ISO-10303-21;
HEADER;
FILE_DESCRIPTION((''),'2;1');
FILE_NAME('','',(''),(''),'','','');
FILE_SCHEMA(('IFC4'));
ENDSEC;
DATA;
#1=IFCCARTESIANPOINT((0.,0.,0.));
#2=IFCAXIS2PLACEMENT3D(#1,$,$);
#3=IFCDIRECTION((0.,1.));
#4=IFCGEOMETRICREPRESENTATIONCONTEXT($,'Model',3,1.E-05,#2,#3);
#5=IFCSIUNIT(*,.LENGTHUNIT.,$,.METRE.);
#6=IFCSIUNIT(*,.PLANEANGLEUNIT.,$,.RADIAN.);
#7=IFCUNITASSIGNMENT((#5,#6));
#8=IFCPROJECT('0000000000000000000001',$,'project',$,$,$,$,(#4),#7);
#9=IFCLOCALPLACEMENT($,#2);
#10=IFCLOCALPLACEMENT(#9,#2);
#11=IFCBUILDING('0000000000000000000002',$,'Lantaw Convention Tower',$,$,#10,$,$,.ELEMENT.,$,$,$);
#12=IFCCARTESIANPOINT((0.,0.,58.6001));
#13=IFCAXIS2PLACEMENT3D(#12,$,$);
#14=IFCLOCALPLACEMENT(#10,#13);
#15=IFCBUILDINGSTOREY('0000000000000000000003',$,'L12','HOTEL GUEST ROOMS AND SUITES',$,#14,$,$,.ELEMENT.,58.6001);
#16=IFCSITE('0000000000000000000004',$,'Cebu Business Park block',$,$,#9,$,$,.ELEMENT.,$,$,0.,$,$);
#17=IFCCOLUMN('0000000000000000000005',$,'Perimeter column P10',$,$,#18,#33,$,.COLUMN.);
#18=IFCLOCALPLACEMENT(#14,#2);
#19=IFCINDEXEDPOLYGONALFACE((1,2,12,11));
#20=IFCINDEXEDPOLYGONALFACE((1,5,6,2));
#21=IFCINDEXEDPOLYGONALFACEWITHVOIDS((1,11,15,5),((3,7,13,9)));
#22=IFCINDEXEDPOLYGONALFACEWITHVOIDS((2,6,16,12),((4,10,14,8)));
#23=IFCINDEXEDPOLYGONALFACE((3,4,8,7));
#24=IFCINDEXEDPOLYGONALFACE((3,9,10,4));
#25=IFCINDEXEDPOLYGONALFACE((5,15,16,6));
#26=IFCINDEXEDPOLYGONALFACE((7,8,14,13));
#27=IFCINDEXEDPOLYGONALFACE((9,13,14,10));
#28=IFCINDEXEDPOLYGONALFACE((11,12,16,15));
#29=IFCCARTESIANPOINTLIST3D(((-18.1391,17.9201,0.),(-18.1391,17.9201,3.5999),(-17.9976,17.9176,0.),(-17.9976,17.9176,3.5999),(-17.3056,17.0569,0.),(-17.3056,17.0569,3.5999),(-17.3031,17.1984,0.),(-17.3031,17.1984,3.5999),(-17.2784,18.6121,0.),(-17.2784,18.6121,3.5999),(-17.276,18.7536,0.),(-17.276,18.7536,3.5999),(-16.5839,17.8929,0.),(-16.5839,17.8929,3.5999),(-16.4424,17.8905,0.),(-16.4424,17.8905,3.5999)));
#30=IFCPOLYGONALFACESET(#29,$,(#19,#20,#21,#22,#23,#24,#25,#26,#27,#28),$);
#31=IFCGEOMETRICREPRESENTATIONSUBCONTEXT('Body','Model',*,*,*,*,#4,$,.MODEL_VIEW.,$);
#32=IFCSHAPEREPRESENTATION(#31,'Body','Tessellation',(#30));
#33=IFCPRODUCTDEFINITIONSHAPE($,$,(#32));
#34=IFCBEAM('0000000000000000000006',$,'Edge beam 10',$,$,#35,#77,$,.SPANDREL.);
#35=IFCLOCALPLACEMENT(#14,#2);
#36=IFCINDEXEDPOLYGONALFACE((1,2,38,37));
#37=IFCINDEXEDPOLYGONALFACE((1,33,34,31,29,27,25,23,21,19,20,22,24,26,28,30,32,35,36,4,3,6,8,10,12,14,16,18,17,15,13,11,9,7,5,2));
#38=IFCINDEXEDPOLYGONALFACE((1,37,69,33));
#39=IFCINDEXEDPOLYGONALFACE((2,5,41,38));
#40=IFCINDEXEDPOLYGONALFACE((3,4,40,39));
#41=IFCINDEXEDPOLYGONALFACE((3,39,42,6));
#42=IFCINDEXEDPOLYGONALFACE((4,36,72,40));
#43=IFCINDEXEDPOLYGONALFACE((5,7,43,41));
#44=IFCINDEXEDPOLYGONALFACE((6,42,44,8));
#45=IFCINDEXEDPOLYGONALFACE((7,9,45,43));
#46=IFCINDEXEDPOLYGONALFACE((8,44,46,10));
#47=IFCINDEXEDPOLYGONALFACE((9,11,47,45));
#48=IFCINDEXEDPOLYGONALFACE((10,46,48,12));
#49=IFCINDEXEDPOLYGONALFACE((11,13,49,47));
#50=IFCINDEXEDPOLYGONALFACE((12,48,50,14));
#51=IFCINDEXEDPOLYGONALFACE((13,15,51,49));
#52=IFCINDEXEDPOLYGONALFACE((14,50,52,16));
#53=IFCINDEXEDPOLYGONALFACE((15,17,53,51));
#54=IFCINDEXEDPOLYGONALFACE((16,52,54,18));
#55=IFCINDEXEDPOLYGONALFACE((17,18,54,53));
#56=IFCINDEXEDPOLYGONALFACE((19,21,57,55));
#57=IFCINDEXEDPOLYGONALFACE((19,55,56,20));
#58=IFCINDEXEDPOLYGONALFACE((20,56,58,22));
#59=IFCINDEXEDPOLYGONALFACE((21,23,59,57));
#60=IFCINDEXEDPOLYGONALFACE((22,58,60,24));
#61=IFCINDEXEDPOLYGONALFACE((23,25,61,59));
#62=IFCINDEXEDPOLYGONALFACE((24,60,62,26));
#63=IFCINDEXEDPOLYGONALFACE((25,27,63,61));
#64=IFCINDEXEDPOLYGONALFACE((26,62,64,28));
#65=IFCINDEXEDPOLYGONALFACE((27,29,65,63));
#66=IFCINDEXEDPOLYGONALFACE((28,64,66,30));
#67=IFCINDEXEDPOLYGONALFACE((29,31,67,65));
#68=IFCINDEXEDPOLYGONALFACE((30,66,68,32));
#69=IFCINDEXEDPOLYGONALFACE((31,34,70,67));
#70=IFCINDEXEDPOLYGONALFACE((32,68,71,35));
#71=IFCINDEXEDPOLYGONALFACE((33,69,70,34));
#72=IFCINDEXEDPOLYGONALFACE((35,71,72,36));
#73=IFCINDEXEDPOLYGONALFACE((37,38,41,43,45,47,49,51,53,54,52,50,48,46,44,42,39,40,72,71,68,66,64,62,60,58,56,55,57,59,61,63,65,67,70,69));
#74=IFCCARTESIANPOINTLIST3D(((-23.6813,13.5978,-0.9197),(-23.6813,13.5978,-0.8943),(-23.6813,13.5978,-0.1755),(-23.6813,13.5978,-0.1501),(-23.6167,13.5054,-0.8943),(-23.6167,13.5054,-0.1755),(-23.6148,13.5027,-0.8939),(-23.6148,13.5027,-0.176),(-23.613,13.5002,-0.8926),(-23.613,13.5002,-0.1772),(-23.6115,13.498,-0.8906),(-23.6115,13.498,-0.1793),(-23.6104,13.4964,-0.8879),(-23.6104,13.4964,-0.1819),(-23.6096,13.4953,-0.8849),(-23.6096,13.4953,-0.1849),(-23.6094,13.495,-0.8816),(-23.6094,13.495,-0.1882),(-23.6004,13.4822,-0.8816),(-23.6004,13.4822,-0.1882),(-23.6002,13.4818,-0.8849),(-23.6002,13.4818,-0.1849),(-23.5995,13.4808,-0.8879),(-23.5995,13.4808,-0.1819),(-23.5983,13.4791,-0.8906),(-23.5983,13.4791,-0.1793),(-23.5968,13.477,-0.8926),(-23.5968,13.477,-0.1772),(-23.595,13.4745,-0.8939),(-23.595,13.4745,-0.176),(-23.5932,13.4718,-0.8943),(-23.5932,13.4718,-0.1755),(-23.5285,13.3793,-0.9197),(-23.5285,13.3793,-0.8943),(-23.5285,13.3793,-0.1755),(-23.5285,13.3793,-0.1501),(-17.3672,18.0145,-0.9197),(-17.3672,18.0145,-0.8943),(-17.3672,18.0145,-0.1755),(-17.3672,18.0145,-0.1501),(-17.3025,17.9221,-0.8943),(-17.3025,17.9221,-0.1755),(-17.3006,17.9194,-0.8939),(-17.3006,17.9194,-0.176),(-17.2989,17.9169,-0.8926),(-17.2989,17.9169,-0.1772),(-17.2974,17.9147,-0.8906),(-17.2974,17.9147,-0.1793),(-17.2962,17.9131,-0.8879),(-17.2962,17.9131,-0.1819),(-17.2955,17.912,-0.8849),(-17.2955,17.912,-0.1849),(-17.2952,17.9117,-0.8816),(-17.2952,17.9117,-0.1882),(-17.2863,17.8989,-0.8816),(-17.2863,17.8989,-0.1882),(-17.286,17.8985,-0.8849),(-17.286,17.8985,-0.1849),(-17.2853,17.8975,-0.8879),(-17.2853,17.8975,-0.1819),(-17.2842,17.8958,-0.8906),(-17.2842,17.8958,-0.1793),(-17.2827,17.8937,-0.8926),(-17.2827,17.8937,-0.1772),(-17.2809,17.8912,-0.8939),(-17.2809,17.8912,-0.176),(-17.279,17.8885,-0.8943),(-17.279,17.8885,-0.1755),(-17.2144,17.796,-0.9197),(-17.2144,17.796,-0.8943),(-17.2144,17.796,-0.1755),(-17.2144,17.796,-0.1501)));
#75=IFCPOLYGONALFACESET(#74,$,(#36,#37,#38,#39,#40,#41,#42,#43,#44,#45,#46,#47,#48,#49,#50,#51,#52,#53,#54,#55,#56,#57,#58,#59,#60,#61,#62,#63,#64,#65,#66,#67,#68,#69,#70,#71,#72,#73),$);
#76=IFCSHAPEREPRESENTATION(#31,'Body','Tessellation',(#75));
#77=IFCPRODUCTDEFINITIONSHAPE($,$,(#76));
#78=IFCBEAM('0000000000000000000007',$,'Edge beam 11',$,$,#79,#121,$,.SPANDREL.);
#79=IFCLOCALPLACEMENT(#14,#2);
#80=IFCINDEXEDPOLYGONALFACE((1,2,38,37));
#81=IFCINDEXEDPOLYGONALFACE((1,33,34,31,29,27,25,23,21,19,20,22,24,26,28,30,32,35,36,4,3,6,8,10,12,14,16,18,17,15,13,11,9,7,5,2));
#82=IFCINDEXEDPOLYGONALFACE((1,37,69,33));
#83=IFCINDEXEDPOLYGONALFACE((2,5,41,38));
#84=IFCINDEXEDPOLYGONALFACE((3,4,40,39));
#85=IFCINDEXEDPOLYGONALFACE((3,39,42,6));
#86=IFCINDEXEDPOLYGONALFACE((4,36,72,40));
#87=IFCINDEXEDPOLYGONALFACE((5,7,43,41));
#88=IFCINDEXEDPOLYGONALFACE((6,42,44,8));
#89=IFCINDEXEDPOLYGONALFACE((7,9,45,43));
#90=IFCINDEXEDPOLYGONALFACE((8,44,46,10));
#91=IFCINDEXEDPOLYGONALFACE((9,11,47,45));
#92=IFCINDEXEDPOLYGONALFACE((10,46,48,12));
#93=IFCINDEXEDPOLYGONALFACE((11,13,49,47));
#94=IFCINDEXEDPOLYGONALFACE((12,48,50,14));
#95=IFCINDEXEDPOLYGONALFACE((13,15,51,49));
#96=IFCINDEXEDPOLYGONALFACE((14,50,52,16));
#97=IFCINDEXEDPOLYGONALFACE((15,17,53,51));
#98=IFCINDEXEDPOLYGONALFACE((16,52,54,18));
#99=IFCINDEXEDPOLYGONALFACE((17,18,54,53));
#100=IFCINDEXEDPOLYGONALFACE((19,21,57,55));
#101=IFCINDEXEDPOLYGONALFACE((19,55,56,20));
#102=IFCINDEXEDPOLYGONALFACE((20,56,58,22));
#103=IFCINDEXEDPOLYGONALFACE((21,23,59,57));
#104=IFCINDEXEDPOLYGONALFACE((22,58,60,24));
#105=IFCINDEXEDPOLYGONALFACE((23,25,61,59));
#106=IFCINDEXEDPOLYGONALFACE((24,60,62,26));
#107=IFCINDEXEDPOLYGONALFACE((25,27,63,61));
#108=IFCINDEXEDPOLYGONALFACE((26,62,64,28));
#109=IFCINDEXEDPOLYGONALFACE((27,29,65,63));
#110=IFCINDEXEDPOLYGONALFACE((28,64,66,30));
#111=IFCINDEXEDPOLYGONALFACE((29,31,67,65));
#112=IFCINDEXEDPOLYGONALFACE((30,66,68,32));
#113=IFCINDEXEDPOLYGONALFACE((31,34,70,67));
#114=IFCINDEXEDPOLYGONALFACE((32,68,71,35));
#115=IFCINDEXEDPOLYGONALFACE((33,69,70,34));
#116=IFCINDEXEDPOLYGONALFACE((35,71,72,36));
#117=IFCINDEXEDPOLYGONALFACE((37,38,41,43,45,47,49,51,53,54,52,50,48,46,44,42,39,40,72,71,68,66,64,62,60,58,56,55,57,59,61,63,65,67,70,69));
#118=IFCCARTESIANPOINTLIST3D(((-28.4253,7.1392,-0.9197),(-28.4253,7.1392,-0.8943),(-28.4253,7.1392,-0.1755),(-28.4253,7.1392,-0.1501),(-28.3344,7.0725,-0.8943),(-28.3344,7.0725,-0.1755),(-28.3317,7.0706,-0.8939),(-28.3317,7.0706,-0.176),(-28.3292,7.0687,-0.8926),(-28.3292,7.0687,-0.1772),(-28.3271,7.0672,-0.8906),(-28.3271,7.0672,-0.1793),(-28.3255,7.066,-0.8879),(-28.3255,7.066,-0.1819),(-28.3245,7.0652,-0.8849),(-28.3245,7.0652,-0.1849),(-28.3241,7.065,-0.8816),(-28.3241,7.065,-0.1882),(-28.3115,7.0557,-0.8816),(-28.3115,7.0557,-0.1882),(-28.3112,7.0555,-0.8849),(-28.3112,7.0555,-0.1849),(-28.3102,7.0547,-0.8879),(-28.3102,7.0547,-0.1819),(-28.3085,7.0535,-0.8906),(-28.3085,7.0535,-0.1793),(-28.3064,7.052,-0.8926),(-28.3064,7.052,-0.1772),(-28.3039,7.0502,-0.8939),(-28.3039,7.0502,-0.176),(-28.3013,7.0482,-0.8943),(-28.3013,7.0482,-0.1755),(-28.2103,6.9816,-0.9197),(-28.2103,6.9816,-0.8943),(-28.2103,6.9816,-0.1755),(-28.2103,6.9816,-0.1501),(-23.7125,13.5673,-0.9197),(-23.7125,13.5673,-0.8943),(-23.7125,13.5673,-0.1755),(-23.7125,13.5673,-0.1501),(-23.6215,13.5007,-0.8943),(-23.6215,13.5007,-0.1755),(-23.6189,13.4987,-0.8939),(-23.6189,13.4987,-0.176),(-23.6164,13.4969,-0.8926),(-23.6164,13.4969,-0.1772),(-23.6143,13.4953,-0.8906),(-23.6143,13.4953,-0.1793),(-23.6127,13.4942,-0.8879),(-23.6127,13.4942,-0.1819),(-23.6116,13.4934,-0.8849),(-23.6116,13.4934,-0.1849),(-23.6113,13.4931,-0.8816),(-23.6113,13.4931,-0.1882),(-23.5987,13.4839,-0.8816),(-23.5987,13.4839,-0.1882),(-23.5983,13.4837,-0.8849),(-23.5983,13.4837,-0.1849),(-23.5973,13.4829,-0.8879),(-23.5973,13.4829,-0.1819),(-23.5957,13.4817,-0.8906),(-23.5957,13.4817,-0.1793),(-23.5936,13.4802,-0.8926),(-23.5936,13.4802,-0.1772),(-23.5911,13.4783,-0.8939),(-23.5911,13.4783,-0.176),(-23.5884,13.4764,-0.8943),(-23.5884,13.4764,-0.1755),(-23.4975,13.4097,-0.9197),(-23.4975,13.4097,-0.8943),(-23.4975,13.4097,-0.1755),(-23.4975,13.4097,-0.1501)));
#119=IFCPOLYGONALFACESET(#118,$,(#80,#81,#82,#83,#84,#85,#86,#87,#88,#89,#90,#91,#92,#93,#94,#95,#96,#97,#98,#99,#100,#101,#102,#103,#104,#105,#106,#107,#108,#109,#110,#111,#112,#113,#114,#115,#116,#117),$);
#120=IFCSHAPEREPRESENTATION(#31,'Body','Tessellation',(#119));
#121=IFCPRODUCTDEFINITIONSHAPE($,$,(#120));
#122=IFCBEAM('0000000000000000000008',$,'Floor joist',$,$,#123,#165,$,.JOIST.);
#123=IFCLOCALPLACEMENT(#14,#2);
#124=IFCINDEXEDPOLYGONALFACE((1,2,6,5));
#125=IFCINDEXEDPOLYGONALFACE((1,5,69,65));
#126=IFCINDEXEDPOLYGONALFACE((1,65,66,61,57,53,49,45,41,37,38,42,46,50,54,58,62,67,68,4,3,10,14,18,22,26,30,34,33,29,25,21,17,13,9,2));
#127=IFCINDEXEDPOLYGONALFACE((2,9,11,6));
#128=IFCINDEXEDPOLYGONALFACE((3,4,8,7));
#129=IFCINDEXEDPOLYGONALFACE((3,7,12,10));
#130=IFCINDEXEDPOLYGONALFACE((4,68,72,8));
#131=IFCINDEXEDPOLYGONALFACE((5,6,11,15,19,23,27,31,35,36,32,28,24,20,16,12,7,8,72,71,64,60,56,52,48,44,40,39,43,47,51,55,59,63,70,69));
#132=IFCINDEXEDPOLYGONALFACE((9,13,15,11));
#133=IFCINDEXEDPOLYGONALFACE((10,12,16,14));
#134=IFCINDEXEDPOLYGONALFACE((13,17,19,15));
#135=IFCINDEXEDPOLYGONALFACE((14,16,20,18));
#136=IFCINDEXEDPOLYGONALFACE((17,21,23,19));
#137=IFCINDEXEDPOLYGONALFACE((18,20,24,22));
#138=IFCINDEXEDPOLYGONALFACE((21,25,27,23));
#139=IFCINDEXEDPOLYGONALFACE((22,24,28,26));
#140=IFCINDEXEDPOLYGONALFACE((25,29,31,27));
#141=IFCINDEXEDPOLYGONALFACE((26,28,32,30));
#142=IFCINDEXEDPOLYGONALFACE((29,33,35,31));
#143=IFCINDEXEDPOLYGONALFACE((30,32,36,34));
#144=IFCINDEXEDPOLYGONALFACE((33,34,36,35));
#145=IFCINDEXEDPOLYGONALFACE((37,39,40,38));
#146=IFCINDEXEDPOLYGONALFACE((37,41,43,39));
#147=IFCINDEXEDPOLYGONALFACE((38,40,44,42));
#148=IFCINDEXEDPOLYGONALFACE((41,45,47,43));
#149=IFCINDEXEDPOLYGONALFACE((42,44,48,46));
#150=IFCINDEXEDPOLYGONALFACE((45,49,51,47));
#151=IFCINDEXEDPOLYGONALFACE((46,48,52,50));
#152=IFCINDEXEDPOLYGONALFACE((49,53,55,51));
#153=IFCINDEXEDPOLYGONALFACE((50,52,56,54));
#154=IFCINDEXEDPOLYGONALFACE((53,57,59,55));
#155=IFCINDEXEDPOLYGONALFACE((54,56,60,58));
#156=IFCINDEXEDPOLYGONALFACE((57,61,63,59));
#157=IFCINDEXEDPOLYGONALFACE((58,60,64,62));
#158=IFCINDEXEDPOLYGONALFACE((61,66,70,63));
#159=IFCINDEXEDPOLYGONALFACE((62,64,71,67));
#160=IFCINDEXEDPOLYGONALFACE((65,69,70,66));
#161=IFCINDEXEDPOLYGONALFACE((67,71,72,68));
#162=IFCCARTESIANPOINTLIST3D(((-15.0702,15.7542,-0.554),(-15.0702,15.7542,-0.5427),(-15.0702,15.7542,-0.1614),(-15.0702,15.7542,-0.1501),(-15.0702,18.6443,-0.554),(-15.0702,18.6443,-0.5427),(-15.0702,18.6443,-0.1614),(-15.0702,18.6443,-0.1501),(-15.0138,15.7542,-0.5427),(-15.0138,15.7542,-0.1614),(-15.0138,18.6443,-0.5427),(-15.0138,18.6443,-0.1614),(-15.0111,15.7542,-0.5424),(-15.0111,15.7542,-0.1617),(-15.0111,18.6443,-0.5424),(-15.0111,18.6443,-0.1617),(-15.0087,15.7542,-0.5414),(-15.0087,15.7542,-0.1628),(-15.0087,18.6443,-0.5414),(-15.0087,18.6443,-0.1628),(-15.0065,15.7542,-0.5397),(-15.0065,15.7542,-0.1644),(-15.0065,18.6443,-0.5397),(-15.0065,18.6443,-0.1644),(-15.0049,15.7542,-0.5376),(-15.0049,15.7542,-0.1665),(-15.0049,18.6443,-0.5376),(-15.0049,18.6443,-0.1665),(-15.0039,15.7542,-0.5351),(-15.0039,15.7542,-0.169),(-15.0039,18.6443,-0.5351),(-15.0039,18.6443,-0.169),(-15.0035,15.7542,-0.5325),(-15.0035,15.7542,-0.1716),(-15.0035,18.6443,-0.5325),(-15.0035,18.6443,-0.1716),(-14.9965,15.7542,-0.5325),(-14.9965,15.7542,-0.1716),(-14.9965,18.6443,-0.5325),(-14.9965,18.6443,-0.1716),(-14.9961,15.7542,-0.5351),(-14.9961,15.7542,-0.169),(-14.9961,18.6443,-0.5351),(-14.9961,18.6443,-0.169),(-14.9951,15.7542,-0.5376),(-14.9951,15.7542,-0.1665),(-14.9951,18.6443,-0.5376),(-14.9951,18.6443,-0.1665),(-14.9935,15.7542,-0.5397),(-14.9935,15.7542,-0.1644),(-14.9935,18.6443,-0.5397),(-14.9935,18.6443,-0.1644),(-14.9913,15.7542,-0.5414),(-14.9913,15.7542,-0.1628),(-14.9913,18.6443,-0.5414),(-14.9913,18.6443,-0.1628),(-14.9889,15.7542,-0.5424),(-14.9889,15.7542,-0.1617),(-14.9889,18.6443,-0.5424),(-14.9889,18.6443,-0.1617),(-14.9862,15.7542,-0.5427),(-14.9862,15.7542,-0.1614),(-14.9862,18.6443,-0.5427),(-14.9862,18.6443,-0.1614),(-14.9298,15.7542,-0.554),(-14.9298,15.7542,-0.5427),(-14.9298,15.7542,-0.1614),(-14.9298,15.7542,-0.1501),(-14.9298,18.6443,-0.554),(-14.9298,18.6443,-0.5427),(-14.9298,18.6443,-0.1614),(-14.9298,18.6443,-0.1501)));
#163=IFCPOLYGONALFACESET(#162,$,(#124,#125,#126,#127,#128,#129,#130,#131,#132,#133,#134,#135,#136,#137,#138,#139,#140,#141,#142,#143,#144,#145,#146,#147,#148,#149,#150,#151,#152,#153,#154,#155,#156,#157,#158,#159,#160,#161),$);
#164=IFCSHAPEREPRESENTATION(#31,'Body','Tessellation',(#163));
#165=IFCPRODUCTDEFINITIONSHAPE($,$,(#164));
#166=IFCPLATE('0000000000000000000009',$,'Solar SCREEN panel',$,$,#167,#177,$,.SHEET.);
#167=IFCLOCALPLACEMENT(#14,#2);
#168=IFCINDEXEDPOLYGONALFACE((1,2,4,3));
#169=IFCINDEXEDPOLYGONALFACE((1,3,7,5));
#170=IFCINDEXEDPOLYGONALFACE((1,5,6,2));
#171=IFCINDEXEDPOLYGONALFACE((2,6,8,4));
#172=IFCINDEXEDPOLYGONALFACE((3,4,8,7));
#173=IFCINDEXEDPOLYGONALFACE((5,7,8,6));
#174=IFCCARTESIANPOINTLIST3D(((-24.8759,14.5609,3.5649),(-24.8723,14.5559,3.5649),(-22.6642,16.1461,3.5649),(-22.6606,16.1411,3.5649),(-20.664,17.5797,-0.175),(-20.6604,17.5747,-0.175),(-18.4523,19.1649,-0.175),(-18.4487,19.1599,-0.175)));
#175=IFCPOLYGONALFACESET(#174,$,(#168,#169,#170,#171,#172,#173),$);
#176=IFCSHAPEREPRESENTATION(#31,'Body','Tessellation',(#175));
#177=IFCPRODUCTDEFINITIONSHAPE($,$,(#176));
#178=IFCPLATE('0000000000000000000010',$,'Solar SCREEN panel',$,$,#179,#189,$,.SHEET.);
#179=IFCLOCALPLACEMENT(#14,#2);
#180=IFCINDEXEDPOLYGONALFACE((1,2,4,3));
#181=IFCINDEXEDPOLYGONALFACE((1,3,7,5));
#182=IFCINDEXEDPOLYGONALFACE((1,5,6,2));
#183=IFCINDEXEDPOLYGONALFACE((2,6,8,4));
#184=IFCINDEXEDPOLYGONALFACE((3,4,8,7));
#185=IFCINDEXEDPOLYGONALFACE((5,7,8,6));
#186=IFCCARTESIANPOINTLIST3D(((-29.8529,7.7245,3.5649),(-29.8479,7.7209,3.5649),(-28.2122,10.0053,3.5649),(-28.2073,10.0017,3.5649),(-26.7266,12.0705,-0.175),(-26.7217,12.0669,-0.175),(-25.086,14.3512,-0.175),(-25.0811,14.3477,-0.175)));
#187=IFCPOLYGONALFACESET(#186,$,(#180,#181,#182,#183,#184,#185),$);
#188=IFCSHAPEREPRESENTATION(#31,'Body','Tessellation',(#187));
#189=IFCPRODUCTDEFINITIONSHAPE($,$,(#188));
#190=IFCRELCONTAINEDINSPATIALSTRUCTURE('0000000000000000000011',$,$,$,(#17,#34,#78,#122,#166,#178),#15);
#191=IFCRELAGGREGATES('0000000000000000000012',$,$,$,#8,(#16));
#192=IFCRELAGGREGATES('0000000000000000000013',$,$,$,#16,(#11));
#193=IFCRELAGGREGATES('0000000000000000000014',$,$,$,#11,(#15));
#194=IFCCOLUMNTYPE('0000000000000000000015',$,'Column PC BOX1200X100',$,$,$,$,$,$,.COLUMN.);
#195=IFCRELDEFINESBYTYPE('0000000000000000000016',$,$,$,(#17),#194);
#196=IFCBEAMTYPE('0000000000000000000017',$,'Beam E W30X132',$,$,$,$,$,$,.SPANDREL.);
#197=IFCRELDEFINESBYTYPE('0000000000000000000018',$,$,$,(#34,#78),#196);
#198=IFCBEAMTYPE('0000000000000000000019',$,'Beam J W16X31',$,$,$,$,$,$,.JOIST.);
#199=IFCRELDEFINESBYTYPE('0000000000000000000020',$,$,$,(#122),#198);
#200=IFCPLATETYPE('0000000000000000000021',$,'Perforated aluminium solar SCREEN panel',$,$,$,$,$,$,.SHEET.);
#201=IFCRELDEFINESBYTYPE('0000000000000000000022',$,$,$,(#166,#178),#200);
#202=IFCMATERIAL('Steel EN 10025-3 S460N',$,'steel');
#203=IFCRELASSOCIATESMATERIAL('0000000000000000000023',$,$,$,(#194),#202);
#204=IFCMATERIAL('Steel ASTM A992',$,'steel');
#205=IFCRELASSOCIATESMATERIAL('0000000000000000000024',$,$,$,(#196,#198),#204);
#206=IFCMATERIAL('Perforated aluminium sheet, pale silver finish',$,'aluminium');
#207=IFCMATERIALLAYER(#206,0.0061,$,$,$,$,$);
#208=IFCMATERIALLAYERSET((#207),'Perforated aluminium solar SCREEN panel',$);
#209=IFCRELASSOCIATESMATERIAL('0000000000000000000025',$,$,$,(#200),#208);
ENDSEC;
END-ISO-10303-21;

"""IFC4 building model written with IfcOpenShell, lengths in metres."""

from ifc_helpers import new_model, si_unit, direction, frame, origin, origin_2d, place, context, subcontext, project, spatial, polyline, rectangle, hollow_rectangle, i_section, outline, extrude, material, layer, layer_set, material_profile, profile_set, type_object, element, save


model = new_model("IFC4")

# Units and contexts
model_context = context("Model", 3, precision=1e-05, world=origin(), true_north=direction((0.0, 1.0)))
body_context = subcontext(model_context, "Body", "Model", "MODEL_VIEW")
ifc_project = project(units=[si_unit("LENGTHUNIT", "METRE"), si_unit("PLANEANGLEUNIT", "RADIAN")], contexts=[model_context])

# Site, building, storey
site_placement = place(None, origin())
site = spatial("IfcSite", under=ifc_project, at=site_placement, Name="Cebu Business Park block", CompositionType="ELEMENT", RefElevation=0.0)
building_placement = place(site_placement, origin())
building = spatial("IfcBuilding", under=site, at=building_placement, Name="Lantaw Convention Tower", CompositionType="ELEMENT")
storey_placement = place(building_placement, frame((0.0, 0.0, 58.6001)))
storey = spatial("IfcBuildingStorey", under=building, at=storey_placement, Name="L12", Description="HOTEL GUEST ROOMS AND SUITES", CompositionType="ELEMENT", Elevation=58.6001)

# Column
ifc_material_1 = material(Name="Steel EN 10025-3 S460N", Category="steel")
ifc_material_profile_1 = material_profile(ifc_material_1, hollow_rectangle(XDim=1.2, YDim=1.2, WallThickness=0.1001, at=origin_2d()), Name="BOX1200X100")
ifc_material_2 = material(Name="Concrete C60/75", Category="concrete")
ifc_material_profile_2 = material_profile(ifc_material_2, rectangle(XDim=1.0, YDim=1.0, at=origin_2d()), Name="Concrete fill of BOX1200X100")
ifc_profile_set_1 = profile_set([ifc_material_profile_1, ifc_material_profile_2], Name="Steel EN 10025-3 S460N")
column_type = type_object("IfcColumnType", Name="Column PC BOX1200X100", PredefinedType="COLUMN", material=ifc_profile_set_1)
column_placement = place(storey_placement, frame((-17.2908, 17.9053, 0.0), z_axis=(0.0, 0.0, 1.0), x_axis=(0.71934, 0.694658, 0.0)))
element("IfcColumn", 1, at=column_placement, inside=storey, type_object=column_type, Name="Perimeter column P10", PredefinedType="COLUMN", context=body_context, shape_type="SweptSolid", body=[
    extrude(hollow_rectangle(XDim=1.2, YDim=1.2, WallThickness=0.1001, at=origin_2d()), origin(), (0.0, 0.0, 1.0), 3.5999),
])

# Beams
ifc_material_3 = material(Name="Steel ASTM A992", Category="steel")
ifc_material_profile_3 = material_profile(ifc_material_3, i_section(OverallWidth=0.2666, OverallDepth=0.7695, WebThickness=0.0156, FlangeThickness=0.0254, FilletRadius=0.0127, at=origin_2d()), Name="W30X132")
ifc_profile_set_2 = profile_set([ifc_material_profile_3], Name="Steel ASTM A992")
beam_type_1 = type_object("IfcBeamType", Name="Beam E W30X132", PredefinedType="SPANDREL", material=ifc_profile_set_2)
beam_1_placement = place(storey_placement, frame((-17.2908, 17.9053, -0.5349), z_axis=(-0.819427, -0.573184, 0.0), x_axis=(0.573184, -0.819427, 0.0)))
element("IfcBeam", 2, at=beam_1_placement, inside=storey, type_object=beam_type_1, Name="Edge beam 10", PredefinedType="SPANDREL", context=body_context, shape_type="SweptSolid", body=[
    extrude(i_section(OverallWidth=0.2666, OverallDepth=0.7695, WebThickness=0.0156, FlangeThickness=0.0254, FilletRadius=0.0127, at=origin_2d()), origin(), (0.0, 0.0, 1.0), 7.7056),
])
beam_2_placement = place(storey_placement, frame((-23.605, 13.4885, -0.5349), z_axis=(-0.591271, -0.806473, 0.0), x_axis=(0.806473, -0.591271, 0.0)))
element("IfcBeam", 3, at=beam_2_placement, inside=storey, type_object=beam_type_1, Name="Edge beam 11", PredefinedType="SPANDREL", context=body_context, shape_type="SweptSolid", body=[
    extrude(i_section(OverallWidth=0.2666, OverallDepth=0.7695, WebThickness=0.0156, FlangeThickness=0.0254, FilletRadius=0.0127, at=origin_2d()), origin(), (0.0, 0.0, 1.0), 7.9707),
])
ifc_material_profile_4 = material_profile(ifc_material_3, i_section(OverallWidth=0.1404, OverallDepth=0.4038, WebThickness=0.0071, FlangeThickness=0.0112, FilletRadius=0.0103, at=origin_2d()), Name="W16X31")
ifc_profile_set_3 = profile_set([ifc_material_profile_4], Name="Steel ASTM A992")
beam_type_2 = type_object("IfcBeamType", Name="Beam J W16X31", PredefinedType="JOIST", material=ifc_profile_set_3)
beam_3_placement = place(storey_placement, frame((-15.0, 15.7542, -0.3521), z_axis=(0.0, 1.0, 0.0), x_axis=(-1.0, 0.0, 0.0)))
element("IfcBeam", 4, at=beam_3_placement, inside=storey, type_object=beam_type_2, Name="Floor joist", PredefinedType="JOIST", context=body_context, shape_type="SweptSolid", body=[
    extrude(i_section(OverallWidth=0.1404, OverallDepth=0.4038, WebThickness=0.0071, FlangeThickness=0.0112, FilletRadius=0.0103, at=origin_2d()), origin(), (0.0, 0.0, 1.0), 2.8901),
])

# Plates
ifc_material_4 = material(Name="Perforated aluminium sheet, pale silver finish", Category="aluminium")
ifc_layer_1 = layer(ifc_material_4, 0.0061)
ifc_layer_set_1 = layer_set([ifc_layer_1], Name="Perforated aluminium solar SCREEN panel")
plate_type = type_object("IfcPlateType", Name="Perforated aluminium solar SCREEN panel", PredefinedType="SHEET", material=ifc_layer_set_1)
plate_1_placement = place(storey_placement, frame((-18.4487, 19.1599, -0.175), z_axis=(0.582561, -0.812787, 0.000016), x_axis=(-0.812787, -0.582561, 0.0)))
element("IfcPlate", 5, at=plate_1_placement, inside=storey, type_object=plate_type, Name="Solar SCREEN panel", PredefinedType="SHEET", context=body_context, shape_type="SweptSolid", body=[
    extrude(outline(polyline([(0.0, 0.0), (2.7211, 0.0), (7.9031, -3.74), (5.182, -3.74), (0.0, 0.0)])), origin(), (0.0, 0.0, -1.0), 0.0061),
])
plate_2_placement = place(storey_placement, frame((-25.0811, 14.3477, -0.175), z_axis=(0.811791, -0.583948, 0.000009), x_axis=(-0.583948, -0.811791, 0.0)))
element("IfcPlate", 6, at=plate_2_placement, inside=storey, type_object=plate_type, Name="Solar SCREEN panel", PredefinedType="SHEET", context=body_context, shape_type="SweptSolid", body=[
    extrude(outline(polyline([(0.0, 0.0), (2.8095, 0.0), (8.1631, -3.74), (5.3536, -3.74), (0.0, 0.0)])), origin(), (0.0, 0.0, -1.0), 0.0061),
])

save(model, "model.ifc")
